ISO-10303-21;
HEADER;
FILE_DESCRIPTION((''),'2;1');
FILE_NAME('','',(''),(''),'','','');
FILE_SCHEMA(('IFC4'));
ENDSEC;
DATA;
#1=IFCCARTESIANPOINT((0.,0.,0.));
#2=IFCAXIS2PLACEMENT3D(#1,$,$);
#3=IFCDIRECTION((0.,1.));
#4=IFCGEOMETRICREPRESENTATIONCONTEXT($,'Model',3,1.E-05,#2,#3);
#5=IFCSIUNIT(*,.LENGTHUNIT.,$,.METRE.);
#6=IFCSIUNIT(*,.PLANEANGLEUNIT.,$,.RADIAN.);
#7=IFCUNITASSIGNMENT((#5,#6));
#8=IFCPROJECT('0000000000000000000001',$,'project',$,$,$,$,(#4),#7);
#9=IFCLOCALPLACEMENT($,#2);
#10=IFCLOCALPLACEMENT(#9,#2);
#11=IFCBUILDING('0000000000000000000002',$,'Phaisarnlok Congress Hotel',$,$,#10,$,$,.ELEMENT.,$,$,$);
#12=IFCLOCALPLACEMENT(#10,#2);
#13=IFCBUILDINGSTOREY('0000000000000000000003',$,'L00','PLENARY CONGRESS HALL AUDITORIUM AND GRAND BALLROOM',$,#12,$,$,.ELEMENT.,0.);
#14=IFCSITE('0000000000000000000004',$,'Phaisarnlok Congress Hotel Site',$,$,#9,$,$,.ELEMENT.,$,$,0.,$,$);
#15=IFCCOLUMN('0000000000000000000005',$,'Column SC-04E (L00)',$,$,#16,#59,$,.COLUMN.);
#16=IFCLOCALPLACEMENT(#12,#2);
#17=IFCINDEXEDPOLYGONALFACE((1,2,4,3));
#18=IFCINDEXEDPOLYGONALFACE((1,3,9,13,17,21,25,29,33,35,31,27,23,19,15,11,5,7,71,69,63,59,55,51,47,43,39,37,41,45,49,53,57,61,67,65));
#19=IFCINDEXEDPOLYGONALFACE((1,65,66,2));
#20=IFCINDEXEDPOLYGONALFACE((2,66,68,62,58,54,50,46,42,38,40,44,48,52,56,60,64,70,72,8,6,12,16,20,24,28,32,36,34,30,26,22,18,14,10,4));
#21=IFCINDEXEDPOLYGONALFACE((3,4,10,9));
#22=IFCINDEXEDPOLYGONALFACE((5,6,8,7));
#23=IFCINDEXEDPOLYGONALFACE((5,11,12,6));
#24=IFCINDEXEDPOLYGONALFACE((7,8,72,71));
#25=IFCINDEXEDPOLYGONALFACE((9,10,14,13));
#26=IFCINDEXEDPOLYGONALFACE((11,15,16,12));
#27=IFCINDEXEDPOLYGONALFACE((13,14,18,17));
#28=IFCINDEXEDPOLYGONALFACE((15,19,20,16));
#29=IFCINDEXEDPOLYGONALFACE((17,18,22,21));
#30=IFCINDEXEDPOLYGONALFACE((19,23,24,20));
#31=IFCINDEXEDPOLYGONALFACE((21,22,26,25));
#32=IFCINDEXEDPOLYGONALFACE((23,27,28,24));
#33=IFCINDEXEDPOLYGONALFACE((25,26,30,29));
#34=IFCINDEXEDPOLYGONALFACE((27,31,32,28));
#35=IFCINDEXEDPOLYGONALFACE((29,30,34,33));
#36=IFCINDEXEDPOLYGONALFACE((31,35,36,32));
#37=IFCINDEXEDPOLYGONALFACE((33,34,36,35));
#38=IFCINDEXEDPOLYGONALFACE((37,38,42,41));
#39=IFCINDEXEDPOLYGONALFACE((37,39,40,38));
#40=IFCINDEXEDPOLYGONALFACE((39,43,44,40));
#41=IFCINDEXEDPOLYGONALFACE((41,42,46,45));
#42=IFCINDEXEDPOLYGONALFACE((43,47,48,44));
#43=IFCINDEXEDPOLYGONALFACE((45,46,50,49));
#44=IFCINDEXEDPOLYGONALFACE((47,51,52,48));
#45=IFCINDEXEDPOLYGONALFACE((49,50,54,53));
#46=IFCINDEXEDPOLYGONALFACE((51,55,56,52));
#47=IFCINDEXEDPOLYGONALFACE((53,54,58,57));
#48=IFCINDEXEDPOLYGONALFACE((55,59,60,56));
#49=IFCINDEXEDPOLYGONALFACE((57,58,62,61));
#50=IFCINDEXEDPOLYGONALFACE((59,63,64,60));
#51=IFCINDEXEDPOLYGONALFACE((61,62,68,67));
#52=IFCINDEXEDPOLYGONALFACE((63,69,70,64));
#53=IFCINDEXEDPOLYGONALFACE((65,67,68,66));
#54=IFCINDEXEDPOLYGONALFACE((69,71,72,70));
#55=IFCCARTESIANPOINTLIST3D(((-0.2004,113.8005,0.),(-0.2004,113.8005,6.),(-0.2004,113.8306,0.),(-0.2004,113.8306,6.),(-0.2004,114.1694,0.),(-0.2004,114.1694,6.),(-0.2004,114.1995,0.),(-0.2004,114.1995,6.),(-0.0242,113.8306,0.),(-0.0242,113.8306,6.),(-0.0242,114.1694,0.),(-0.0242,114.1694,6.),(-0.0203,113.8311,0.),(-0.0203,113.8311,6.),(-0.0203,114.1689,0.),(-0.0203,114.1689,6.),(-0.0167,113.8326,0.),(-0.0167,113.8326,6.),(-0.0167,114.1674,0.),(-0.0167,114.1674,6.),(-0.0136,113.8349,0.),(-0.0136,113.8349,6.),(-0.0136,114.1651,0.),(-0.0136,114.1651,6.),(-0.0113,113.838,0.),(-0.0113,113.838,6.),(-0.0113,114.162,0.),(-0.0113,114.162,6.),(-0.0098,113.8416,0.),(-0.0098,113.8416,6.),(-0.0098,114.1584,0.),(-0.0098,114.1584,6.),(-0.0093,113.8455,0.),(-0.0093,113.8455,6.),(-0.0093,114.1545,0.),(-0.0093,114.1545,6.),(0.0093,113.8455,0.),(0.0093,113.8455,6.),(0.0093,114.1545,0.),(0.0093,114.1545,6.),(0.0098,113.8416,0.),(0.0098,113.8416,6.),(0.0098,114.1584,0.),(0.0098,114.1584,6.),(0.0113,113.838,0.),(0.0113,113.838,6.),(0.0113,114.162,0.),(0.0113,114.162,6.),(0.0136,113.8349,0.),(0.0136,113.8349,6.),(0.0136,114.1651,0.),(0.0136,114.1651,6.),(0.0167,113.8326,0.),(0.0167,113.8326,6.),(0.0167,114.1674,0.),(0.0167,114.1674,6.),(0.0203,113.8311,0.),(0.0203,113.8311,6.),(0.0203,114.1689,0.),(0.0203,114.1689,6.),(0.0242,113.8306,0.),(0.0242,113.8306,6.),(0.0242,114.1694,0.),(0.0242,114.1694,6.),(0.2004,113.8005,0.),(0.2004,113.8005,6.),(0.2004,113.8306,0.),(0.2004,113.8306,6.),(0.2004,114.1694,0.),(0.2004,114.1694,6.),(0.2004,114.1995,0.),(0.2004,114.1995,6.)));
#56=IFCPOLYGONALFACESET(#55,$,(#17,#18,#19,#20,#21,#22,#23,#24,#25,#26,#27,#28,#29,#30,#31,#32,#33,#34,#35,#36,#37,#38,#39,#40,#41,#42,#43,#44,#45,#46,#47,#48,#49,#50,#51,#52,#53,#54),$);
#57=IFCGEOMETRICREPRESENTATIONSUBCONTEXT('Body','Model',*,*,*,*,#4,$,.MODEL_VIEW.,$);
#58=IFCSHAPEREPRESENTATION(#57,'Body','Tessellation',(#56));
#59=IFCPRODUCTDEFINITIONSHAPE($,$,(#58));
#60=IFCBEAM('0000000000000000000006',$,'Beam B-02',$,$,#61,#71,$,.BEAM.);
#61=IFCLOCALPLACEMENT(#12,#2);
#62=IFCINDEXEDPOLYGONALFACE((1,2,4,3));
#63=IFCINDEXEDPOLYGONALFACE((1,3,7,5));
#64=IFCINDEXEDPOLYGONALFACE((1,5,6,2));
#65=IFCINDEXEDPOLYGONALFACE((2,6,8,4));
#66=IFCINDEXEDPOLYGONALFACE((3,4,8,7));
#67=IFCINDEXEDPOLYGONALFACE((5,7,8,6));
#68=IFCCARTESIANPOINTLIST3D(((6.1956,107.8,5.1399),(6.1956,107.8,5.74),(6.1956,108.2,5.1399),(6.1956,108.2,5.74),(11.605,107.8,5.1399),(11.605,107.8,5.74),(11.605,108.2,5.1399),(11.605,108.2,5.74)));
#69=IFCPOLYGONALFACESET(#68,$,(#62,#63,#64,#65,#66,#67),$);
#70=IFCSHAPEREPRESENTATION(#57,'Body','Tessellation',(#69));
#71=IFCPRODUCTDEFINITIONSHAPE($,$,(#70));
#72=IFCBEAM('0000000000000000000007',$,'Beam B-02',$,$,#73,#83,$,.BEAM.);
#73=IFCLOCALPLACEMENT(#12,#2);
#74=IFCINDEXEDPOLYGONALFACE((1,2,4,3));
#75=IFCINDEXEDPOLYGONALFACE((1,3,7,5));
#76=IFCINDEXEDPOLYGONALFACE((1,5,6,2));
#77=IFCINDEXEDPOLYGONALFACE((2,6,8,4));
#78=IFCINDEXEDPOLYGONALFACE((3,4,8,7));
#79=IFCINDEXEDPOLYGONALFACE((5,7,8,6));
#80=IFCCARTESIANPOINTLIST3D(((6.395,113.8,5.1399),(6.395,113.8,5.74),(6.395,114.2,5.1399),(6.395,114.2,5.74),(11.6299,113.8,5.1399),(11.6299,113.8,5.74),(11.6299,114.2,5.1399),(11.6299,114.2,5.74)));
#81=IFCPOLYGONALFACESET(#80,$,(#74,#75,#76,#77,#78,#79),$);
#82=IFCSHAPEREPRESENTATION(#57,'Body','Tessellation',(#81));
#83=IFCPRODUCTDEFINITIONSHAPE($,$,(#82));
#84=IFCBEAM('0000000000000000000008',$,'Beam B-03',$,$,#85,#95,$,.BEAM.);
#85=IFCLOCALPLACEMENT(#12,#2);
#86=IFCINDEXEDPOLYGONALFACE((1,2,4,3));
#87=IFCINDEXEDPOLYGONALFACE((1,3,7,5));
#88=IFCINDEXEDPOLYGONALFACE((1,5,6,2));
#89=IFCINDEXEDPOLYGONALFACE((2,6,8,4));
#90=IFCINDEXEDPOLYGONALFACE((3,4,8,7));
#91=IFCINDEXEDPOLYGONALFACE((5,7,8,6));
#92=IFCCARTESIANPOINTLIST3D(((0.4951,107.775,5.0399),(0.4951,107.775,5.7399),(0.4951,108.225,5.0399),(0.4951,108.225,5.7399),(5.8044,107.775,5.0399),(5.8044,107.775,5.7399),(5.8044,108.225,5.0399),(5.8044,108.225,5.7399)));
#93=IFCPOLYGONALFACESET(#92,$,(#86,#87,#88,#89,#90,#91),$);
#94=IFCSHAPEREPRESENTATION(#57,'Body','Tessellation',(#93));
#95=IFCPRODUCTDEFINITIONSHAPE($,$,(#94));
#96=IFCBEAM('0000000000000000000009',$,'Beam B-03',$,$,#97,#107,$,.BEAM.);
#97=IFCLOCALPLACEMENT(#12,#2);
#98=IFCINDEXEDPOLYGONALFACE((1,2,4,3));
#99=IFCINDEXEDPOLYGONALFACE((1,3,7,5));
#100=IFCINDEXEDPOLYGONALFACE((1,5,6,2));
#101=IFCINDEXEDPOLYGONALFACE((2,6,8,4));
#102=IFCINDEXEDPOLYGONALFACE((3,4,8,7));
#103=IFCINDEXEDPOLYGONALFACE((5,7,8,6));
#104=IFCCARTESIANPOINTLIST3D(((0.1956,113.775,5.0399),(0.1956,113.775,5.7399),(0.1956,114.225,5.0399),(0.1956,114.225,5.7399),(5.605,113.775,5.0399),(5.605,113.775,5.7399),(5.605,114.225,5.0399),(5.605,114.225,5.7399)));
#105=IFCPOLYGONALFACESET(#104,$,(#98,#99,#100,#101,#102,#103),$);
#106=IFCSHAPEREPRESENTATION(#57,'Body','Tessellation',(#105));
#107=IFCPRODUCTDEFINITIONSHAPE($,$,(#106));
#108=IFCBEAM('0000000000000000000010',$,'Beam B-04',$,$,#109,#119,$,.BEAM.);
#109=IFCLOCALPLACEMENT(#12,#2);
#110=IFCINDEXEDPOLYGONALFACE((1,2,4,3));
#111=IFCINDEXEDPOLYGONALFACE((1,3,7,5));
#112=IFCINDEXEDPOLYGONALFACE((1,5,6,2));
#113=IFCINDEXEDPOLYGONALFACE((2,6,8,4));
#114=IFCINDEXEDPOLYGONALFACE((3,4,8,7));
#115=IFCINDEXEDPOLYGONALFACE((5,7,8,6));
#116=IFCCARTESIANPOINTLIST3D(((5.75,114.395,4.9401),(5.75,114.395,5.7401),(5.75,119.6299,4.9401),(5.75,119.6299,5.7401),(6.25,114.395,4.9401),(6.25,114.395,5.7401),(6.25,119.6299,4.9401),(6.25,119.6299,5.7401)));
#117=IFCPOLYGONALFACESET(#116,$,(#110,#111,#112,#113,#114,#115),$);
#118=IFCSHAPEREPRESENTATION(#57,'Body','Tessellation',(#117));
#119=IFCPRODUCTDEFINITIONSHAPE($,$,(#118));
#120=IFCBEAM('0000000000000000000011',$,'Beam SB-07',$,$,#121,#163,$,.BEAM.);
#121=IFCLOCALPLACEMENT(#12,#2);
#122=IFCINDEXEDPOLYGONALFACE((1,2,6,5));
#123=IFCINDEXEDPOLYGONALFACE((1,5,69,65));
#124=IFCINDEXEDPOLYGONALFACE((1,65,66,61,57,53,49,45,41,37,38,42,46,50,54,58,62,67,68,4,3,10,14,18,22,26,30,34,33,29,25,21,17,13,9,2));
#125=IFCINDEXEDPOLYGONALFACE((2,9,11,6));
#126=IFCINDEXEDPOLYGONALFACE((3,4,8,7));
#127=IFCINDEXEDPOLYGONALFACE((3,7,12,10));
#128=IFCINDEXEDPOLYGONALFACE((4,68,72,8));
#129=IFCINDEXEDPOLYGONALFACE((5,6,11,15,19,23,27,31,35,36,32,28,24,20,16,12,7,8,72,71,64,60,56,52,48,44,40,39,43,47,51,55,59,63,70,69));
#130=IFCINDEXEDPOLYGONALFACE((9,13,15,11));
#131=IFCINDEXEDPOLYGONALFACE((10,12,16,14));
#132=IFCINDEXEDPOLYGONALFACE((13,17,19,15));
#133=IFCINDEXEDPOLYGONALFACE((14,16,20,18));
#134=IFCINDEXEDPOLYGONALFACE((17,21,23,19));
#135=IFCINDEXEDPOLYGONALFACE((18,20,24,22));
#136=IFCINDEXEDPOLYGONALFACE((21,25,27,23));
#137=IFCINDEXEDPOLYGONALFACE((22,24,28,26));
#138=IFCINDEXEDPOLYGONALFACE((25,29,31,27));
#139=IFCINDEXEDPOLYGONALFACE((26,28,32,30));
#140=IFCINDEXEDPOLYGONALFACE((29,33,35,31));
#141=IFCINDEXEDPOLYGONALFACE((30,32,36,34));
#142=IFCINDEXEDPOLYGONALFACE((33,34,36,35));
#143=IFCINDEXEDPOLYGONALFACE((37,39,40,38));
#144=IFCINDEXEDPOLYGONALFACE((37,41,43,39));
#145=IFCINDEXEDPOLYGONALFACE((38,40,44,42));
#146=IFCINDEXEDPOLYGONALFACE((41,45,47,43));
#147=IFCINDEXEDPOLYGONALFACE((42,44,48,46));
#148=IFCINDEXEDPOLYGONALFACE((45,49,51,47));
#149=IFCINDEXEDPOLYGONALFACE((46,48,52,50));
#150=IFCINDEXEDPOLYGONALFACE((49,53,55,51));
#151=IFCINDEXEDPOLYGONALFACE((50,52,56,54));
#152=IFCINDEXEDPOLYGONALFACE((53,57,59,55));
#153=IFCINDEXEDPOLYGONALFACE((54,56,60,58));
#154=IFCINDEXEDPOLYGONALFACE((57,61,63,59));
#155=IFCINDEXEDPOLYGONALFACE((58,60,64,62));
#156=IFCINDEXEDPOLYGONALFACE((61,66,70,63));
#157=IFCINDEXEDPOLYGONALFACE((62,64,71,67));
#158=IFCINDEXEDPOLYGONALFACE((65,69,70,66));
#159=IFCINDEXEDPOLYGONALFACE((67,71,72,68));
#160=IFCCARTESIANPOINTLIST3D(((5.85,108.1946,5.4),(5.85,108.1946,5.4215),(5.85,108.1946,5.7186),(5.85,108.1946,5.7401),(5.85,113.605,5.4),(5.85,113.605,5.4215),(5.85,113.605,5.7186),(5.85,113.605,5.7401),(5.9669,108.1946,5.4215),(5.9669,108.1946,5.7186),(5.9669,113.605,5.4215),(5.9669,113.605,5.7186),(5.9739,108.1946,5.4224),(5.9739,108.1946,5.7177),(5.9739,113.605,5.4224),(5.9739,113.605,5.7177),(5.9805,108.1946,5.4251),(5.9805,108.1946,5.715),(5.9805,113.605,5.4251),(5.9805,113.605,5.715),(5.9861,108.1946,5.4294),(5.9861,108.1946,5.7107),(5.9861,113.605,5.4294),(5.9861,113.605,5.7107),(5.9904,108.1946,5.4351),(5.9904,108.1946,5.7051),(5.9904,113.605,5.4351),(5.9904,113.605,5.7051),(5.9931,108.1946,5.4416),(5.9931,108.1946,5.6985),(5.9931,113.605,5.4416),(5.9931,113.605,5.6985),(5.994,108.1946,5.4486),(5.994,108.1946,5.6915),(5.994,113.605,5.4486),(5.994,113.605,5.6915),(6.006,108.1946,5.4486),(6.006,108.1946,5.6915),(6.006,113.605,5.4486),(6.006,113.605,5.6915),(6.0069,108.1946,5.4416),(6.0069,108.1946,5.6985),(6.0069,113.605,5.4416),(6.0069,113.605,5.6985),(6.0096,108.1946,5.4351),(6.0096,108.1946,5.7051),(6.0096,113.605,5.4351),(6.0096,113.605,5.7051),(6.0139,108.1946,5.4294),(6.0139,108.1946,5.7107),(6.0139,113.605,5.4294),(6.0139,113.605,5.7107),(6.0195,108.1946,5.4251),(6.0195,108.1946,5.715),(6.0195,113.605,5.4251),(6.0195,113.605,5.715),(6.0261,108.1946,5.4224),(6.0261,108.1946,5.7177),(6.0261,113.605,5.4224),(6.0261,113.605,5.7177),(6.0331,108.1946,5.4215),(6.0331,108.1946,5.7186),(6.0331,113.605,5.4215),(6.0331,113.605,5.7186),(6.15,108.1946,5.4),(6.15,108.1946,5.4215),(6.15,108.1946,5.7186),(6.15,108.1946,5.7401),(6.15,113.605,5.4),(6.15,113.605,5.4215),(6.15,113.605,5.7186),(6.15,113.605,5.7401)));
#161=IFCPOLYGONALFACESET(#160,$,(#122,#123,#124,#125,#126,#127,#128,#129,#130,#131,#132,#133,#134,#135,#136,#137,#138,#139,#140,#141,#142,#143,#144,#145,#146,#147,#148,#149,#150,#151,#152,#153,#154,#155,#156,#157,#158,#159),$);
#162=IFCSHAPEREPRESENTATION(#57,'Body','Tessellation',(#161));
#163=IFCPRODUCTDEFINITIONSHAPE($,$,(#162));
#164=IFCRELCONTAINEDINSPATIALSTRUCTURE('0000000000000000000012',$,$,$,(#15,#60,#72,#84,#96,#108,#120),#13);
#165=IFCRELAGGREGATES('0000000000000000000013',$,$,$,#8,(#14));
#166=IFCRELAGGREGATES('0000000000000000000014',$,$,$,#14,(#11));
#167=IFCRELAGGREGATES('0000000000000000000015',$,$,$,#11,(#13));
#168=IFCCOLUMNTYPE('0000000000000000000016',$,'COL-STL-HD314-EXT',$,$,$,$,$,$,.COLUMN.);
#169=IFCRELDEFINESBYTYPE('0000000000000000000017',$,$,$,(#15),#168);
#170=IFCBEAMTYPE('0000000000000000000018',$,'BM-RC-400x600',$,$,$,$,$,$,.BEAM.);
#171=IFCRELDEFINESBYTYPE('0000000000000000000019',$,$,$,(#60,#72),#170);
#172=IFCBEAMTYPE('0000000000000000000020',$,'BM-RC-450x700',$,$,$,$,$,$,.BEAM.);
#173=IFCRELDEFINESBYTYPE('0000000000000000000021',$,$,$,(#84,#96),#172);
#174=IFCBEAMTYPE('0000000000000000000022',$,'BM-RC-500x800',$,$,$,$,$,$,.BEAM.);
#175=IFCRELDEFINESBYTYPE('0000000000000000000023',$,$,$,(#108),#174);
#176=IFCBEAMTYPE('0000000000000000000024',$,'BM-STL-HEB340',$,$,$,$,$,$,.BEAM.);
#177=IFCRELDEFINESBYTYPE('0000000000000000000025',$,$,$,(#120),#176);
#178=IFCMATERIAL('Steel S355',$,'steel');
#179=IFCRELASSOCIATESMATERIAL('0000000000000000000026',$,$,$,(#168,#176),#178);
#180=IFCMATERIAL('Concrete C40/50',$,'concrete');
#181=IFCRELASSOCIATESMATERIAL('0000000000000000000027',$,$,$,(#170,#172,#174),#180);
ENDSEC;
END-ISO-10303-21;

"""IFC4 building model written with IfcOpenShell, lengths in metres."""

from ifc_helpers import new_model, si_unit, direction, frame, origin, origin_2d, place, context, subcontext, project, spatial, rectangle, i_section, extrude, material, material_profile, profile_set, type_object, element, save


model = new_model("IFC4")

# Units and contexts
model_context = context("Model", 3, precision=1e-05, world=origin(), true_north=direction((0.0, 1.0)))
body_context = subcontext(model_context, "Body", "Model", "MODEL_VIEW")
ifc_project = project(units=[si_unit("LENGTHUNIT", "METRE"), si_unit("PLANEANGLEUNIT", "RADIAN")], contexts=[model_context])

# Site, building, storey
site_placement = place(None, origin())
site = spatial("IfcSite", under=ifc_project, at=site_placement, Name="Phaisarnlok Congress Hotel Site", CompositionType="ELEMENT", RefElevation=0.0)
building_placement = place(site_placement, origin())
building = spatial("IfcBuilding", under=site, at=building_placement, Name="Phaisarnlok Congress Hotel", CompositionType="ELEMENT")
storey_placement = place(building_placement, origin())
storey = spatial("IfcBuildingStorey", under=building, at=storey_placement, Name="L00", Description="PLENARY CONGRESS HALL AUDITORIUM AND GRAND BALLROOM", CompositionType="ELEMENT", Elevation=0.0)

# Column
ifc_material_1 = material(Name="Steel S355", Category="steel")
ifc_material_profile_1 = material_profile(ifc_material_1, i_section(OverallWidth=0.4009, OverallDepth=0.3989, WebThickness=0.0186, FlangeThickness=0.03, FilletRadius=0.0149, at=origin_2d()), Name="HD 400x314")
ifc_profile_set_1 = profile_set([ifc_material_profile_1], Name="Steel S355")
column_type_1 = type_object("IfcColumnType", Name="COL-STL-HD314-EXT", PredefinedType="COLUMN", material=ifc_profile_set_1)
column_1_placement = place(storey_placement, frame((0.0, 114.0, 0.0), z_axis=(0.0, 0.0, 1.0), x_axis=(1.0, 0.0, 0.0)))
element("IfcColumn", 1, at=column_1_placement, inside=storey, type_object=column_type_1, Name="Column SC-04E (L00)", PredefinedType="COLUMN", context=body_context, shape_type="SweptSolid", body=[
    extrude(i_section(OverallWidth=0.4009, OverallDepth=0.3989, WebThickness=0.0186, FlangeThickness=0.03, FilletRadius=0.0149, at=origin_2d()), origin(), (0.0, 0.0, 1.0), 6.0),
])

# Beams
ifc_material_2 = material(Name="Concrete C40/50", Category="concrete")
ifc_material_profile_2 = material_profile(ifc_material_2, rectangle(XDim=0.3999, YDim=0.6001, at=origin_2d()), Name="RC 400x600")
ifc_profile_set_2 = profile_set([ifc_material_profile_2], Name="Concrete C40/50")
beam_type_1 = type_object("IfcBeamType", Name="BM-RC-400x600", PredefinedType="BEAM", material=ifc_profile_set_2)
beam_1_placement = place(storey_placement, frame((6.1956, 108.0, 5.4399), z_axis=(1.0, 0.0, 0.0), x_axis=(0.0, 1.0, 0.0)))
element("IfcBeam", 2, at=beam_1_placement, inside=storey, type_object=beam_type_1, Name="Beam B-02", PredefinedType="BEAM", context=body_context, shape_type="SweptSolid", body=[
    extrude(rectangle(XDim=0.3999, YDim=0.6001, at=origin_2d()), origin(), (0.0, 0.0, 1.0), 5.4094),
])
beam_2_placement = place(storey_placement, frame((6.395, 114.0, 5.4399), z_axis=(1.0, 0.0, 0.0), x_axis=(0.0, 1.0, 0.0)))
element("IfcBeam", 3, at=beam_2_placement, inside=storey, type_object=beam_type_1, Name="Beam B-02", PredefinedType="BEAM", context=body_context, shape_type="SweptSolid", body=[
    extrude(rectangle(XDim=0.3999, YDim=0.6001, at=origin_2d()), origin(), (0.0, 0.0, 1.0), 5.2349),
])
ifc_material_profile_3 = material_profile(ifc_material_2, rectangle(XDim=0.45, YDim=0.7, at=origin_2d()), Name="RC 450x700")
ifc_profile_set_3 = profile_set([ifc_material_profile_3], Name="Concrete C40/50")
beam_type_2 = type_object("IfcBeamType", Name="BM-RC-450x700", PredefinedType="BEAM", material=ifc_profile_set_3)
beam_3_placement = place(storey_placement, frame((0.4951, 108.0, 5.3899), z_axis=(1.0, 0.0, 0.0), x_axis=(0.0, 1.0, 0.0)))
element("IfcBeam", 4, at=beam_3_placement, inside=storey, type_object=beam_type_2, Name="Beam B-03", PredefinedType="BEAM", context=body_context, shape_type="SweptSolid", body=[
    extrude(rectangle(XDim=0.45, YDim=0.7, at=origin_2d()), origin(), (0.0, 0.0, 1.0), 5.3093),
])
beam_4_placement = place(storey_placement, frame((0.1956, 114.0, 5.3899), z_axis=(1.0, 0.0, 0.0), x_axis=(0.0, 1.0, 0.0)))
element("IfcBeam", 5, at=beam_4_placement, inside=storey, type_object=beam_type_2, Name="Beam B-03", PredefinedType="BEAM", context=body_context, shape_type="SweptSolid", body=[
    extrude(rectangle(XDim=0.45, YDim=0.7, at=origin_2d()), origin(), (0.0, 0.0, 1.0), 5.4094),
])
ifc_material_profile_4 = material_profile(ifc_material_2, rectangle(XDim=0.5, YDim=0.8, at=origin_2d()), Name="RC 500x800")
ifc_profile_set_4 = profile_set([ifc_material_profile_4], Name="Concrete C40/50")
beam_type_3 = type_object("IfcBeamType", Name="BM-RC-500x800", PredefinedType="BEAM", material=ifc_profile_set_4)
beam_5_placement = place(storey_placement, frame((6.0, 114.395, 5.3401), z_axis=(0.0, 1.0, 0.0), x_axis=(-1.0, 0.0, 0.0)))
element("IfcBeam", 6, at=beam_5_placement, inside=storey, type_object=beam_type_3, Name="Beam B-04", PredefinedType="BEAM", context=body_context, shape_type="SweptSolid", body=[
    extrude(rectangle(XDim=0.5, YDim=0.8, at=origin_2d()), origin(), (0.0, 0.0, 1.0), 5.2349),
])
ifc_material_profile_5 = material_profile(ifc_material_1, i_section(OverallWidth=0.3, OverallDepth=0.3401, WebThickness=0.012, FlangeThickness=0.0215, FilletRadius=0.0271, at=origin_2d()), Name="HEB 340")
ifc_profile_set_5 = profile_set([ifc_material_profile_5], Name="Steel S355")
beam_type_4 = type_object("IfcBeamType", Name="BM-STL-HEB340", PredefinedType="BEAM", material=ifc_profile_set_5)
beam_6_placement = place(storey_placement, frame((6.0, 108.1946, 5.5701), z_axis=(0.0, 1.0, 0.0), x_axis=(-1.0, 0.0, 0.0)))
element("IfcBeam", 7, at=beam_6_placement, inside=storey, type_object=beam_type_4, Name="Beam SB-07", PredefinedType="BEAM", context=body_context, shape_type="SweptSolid", body=[
    extrude(i_section(OverallWidth=0.3, OverallDepth=0.3401, WebThickness=0.012, FlangeThickness=0.0215, FilletRadius=0.0271, at=origin_2d()), origin(), (0.0, 0.0, 1.0), 5.4104),
])

save(model, "model.ifc")
